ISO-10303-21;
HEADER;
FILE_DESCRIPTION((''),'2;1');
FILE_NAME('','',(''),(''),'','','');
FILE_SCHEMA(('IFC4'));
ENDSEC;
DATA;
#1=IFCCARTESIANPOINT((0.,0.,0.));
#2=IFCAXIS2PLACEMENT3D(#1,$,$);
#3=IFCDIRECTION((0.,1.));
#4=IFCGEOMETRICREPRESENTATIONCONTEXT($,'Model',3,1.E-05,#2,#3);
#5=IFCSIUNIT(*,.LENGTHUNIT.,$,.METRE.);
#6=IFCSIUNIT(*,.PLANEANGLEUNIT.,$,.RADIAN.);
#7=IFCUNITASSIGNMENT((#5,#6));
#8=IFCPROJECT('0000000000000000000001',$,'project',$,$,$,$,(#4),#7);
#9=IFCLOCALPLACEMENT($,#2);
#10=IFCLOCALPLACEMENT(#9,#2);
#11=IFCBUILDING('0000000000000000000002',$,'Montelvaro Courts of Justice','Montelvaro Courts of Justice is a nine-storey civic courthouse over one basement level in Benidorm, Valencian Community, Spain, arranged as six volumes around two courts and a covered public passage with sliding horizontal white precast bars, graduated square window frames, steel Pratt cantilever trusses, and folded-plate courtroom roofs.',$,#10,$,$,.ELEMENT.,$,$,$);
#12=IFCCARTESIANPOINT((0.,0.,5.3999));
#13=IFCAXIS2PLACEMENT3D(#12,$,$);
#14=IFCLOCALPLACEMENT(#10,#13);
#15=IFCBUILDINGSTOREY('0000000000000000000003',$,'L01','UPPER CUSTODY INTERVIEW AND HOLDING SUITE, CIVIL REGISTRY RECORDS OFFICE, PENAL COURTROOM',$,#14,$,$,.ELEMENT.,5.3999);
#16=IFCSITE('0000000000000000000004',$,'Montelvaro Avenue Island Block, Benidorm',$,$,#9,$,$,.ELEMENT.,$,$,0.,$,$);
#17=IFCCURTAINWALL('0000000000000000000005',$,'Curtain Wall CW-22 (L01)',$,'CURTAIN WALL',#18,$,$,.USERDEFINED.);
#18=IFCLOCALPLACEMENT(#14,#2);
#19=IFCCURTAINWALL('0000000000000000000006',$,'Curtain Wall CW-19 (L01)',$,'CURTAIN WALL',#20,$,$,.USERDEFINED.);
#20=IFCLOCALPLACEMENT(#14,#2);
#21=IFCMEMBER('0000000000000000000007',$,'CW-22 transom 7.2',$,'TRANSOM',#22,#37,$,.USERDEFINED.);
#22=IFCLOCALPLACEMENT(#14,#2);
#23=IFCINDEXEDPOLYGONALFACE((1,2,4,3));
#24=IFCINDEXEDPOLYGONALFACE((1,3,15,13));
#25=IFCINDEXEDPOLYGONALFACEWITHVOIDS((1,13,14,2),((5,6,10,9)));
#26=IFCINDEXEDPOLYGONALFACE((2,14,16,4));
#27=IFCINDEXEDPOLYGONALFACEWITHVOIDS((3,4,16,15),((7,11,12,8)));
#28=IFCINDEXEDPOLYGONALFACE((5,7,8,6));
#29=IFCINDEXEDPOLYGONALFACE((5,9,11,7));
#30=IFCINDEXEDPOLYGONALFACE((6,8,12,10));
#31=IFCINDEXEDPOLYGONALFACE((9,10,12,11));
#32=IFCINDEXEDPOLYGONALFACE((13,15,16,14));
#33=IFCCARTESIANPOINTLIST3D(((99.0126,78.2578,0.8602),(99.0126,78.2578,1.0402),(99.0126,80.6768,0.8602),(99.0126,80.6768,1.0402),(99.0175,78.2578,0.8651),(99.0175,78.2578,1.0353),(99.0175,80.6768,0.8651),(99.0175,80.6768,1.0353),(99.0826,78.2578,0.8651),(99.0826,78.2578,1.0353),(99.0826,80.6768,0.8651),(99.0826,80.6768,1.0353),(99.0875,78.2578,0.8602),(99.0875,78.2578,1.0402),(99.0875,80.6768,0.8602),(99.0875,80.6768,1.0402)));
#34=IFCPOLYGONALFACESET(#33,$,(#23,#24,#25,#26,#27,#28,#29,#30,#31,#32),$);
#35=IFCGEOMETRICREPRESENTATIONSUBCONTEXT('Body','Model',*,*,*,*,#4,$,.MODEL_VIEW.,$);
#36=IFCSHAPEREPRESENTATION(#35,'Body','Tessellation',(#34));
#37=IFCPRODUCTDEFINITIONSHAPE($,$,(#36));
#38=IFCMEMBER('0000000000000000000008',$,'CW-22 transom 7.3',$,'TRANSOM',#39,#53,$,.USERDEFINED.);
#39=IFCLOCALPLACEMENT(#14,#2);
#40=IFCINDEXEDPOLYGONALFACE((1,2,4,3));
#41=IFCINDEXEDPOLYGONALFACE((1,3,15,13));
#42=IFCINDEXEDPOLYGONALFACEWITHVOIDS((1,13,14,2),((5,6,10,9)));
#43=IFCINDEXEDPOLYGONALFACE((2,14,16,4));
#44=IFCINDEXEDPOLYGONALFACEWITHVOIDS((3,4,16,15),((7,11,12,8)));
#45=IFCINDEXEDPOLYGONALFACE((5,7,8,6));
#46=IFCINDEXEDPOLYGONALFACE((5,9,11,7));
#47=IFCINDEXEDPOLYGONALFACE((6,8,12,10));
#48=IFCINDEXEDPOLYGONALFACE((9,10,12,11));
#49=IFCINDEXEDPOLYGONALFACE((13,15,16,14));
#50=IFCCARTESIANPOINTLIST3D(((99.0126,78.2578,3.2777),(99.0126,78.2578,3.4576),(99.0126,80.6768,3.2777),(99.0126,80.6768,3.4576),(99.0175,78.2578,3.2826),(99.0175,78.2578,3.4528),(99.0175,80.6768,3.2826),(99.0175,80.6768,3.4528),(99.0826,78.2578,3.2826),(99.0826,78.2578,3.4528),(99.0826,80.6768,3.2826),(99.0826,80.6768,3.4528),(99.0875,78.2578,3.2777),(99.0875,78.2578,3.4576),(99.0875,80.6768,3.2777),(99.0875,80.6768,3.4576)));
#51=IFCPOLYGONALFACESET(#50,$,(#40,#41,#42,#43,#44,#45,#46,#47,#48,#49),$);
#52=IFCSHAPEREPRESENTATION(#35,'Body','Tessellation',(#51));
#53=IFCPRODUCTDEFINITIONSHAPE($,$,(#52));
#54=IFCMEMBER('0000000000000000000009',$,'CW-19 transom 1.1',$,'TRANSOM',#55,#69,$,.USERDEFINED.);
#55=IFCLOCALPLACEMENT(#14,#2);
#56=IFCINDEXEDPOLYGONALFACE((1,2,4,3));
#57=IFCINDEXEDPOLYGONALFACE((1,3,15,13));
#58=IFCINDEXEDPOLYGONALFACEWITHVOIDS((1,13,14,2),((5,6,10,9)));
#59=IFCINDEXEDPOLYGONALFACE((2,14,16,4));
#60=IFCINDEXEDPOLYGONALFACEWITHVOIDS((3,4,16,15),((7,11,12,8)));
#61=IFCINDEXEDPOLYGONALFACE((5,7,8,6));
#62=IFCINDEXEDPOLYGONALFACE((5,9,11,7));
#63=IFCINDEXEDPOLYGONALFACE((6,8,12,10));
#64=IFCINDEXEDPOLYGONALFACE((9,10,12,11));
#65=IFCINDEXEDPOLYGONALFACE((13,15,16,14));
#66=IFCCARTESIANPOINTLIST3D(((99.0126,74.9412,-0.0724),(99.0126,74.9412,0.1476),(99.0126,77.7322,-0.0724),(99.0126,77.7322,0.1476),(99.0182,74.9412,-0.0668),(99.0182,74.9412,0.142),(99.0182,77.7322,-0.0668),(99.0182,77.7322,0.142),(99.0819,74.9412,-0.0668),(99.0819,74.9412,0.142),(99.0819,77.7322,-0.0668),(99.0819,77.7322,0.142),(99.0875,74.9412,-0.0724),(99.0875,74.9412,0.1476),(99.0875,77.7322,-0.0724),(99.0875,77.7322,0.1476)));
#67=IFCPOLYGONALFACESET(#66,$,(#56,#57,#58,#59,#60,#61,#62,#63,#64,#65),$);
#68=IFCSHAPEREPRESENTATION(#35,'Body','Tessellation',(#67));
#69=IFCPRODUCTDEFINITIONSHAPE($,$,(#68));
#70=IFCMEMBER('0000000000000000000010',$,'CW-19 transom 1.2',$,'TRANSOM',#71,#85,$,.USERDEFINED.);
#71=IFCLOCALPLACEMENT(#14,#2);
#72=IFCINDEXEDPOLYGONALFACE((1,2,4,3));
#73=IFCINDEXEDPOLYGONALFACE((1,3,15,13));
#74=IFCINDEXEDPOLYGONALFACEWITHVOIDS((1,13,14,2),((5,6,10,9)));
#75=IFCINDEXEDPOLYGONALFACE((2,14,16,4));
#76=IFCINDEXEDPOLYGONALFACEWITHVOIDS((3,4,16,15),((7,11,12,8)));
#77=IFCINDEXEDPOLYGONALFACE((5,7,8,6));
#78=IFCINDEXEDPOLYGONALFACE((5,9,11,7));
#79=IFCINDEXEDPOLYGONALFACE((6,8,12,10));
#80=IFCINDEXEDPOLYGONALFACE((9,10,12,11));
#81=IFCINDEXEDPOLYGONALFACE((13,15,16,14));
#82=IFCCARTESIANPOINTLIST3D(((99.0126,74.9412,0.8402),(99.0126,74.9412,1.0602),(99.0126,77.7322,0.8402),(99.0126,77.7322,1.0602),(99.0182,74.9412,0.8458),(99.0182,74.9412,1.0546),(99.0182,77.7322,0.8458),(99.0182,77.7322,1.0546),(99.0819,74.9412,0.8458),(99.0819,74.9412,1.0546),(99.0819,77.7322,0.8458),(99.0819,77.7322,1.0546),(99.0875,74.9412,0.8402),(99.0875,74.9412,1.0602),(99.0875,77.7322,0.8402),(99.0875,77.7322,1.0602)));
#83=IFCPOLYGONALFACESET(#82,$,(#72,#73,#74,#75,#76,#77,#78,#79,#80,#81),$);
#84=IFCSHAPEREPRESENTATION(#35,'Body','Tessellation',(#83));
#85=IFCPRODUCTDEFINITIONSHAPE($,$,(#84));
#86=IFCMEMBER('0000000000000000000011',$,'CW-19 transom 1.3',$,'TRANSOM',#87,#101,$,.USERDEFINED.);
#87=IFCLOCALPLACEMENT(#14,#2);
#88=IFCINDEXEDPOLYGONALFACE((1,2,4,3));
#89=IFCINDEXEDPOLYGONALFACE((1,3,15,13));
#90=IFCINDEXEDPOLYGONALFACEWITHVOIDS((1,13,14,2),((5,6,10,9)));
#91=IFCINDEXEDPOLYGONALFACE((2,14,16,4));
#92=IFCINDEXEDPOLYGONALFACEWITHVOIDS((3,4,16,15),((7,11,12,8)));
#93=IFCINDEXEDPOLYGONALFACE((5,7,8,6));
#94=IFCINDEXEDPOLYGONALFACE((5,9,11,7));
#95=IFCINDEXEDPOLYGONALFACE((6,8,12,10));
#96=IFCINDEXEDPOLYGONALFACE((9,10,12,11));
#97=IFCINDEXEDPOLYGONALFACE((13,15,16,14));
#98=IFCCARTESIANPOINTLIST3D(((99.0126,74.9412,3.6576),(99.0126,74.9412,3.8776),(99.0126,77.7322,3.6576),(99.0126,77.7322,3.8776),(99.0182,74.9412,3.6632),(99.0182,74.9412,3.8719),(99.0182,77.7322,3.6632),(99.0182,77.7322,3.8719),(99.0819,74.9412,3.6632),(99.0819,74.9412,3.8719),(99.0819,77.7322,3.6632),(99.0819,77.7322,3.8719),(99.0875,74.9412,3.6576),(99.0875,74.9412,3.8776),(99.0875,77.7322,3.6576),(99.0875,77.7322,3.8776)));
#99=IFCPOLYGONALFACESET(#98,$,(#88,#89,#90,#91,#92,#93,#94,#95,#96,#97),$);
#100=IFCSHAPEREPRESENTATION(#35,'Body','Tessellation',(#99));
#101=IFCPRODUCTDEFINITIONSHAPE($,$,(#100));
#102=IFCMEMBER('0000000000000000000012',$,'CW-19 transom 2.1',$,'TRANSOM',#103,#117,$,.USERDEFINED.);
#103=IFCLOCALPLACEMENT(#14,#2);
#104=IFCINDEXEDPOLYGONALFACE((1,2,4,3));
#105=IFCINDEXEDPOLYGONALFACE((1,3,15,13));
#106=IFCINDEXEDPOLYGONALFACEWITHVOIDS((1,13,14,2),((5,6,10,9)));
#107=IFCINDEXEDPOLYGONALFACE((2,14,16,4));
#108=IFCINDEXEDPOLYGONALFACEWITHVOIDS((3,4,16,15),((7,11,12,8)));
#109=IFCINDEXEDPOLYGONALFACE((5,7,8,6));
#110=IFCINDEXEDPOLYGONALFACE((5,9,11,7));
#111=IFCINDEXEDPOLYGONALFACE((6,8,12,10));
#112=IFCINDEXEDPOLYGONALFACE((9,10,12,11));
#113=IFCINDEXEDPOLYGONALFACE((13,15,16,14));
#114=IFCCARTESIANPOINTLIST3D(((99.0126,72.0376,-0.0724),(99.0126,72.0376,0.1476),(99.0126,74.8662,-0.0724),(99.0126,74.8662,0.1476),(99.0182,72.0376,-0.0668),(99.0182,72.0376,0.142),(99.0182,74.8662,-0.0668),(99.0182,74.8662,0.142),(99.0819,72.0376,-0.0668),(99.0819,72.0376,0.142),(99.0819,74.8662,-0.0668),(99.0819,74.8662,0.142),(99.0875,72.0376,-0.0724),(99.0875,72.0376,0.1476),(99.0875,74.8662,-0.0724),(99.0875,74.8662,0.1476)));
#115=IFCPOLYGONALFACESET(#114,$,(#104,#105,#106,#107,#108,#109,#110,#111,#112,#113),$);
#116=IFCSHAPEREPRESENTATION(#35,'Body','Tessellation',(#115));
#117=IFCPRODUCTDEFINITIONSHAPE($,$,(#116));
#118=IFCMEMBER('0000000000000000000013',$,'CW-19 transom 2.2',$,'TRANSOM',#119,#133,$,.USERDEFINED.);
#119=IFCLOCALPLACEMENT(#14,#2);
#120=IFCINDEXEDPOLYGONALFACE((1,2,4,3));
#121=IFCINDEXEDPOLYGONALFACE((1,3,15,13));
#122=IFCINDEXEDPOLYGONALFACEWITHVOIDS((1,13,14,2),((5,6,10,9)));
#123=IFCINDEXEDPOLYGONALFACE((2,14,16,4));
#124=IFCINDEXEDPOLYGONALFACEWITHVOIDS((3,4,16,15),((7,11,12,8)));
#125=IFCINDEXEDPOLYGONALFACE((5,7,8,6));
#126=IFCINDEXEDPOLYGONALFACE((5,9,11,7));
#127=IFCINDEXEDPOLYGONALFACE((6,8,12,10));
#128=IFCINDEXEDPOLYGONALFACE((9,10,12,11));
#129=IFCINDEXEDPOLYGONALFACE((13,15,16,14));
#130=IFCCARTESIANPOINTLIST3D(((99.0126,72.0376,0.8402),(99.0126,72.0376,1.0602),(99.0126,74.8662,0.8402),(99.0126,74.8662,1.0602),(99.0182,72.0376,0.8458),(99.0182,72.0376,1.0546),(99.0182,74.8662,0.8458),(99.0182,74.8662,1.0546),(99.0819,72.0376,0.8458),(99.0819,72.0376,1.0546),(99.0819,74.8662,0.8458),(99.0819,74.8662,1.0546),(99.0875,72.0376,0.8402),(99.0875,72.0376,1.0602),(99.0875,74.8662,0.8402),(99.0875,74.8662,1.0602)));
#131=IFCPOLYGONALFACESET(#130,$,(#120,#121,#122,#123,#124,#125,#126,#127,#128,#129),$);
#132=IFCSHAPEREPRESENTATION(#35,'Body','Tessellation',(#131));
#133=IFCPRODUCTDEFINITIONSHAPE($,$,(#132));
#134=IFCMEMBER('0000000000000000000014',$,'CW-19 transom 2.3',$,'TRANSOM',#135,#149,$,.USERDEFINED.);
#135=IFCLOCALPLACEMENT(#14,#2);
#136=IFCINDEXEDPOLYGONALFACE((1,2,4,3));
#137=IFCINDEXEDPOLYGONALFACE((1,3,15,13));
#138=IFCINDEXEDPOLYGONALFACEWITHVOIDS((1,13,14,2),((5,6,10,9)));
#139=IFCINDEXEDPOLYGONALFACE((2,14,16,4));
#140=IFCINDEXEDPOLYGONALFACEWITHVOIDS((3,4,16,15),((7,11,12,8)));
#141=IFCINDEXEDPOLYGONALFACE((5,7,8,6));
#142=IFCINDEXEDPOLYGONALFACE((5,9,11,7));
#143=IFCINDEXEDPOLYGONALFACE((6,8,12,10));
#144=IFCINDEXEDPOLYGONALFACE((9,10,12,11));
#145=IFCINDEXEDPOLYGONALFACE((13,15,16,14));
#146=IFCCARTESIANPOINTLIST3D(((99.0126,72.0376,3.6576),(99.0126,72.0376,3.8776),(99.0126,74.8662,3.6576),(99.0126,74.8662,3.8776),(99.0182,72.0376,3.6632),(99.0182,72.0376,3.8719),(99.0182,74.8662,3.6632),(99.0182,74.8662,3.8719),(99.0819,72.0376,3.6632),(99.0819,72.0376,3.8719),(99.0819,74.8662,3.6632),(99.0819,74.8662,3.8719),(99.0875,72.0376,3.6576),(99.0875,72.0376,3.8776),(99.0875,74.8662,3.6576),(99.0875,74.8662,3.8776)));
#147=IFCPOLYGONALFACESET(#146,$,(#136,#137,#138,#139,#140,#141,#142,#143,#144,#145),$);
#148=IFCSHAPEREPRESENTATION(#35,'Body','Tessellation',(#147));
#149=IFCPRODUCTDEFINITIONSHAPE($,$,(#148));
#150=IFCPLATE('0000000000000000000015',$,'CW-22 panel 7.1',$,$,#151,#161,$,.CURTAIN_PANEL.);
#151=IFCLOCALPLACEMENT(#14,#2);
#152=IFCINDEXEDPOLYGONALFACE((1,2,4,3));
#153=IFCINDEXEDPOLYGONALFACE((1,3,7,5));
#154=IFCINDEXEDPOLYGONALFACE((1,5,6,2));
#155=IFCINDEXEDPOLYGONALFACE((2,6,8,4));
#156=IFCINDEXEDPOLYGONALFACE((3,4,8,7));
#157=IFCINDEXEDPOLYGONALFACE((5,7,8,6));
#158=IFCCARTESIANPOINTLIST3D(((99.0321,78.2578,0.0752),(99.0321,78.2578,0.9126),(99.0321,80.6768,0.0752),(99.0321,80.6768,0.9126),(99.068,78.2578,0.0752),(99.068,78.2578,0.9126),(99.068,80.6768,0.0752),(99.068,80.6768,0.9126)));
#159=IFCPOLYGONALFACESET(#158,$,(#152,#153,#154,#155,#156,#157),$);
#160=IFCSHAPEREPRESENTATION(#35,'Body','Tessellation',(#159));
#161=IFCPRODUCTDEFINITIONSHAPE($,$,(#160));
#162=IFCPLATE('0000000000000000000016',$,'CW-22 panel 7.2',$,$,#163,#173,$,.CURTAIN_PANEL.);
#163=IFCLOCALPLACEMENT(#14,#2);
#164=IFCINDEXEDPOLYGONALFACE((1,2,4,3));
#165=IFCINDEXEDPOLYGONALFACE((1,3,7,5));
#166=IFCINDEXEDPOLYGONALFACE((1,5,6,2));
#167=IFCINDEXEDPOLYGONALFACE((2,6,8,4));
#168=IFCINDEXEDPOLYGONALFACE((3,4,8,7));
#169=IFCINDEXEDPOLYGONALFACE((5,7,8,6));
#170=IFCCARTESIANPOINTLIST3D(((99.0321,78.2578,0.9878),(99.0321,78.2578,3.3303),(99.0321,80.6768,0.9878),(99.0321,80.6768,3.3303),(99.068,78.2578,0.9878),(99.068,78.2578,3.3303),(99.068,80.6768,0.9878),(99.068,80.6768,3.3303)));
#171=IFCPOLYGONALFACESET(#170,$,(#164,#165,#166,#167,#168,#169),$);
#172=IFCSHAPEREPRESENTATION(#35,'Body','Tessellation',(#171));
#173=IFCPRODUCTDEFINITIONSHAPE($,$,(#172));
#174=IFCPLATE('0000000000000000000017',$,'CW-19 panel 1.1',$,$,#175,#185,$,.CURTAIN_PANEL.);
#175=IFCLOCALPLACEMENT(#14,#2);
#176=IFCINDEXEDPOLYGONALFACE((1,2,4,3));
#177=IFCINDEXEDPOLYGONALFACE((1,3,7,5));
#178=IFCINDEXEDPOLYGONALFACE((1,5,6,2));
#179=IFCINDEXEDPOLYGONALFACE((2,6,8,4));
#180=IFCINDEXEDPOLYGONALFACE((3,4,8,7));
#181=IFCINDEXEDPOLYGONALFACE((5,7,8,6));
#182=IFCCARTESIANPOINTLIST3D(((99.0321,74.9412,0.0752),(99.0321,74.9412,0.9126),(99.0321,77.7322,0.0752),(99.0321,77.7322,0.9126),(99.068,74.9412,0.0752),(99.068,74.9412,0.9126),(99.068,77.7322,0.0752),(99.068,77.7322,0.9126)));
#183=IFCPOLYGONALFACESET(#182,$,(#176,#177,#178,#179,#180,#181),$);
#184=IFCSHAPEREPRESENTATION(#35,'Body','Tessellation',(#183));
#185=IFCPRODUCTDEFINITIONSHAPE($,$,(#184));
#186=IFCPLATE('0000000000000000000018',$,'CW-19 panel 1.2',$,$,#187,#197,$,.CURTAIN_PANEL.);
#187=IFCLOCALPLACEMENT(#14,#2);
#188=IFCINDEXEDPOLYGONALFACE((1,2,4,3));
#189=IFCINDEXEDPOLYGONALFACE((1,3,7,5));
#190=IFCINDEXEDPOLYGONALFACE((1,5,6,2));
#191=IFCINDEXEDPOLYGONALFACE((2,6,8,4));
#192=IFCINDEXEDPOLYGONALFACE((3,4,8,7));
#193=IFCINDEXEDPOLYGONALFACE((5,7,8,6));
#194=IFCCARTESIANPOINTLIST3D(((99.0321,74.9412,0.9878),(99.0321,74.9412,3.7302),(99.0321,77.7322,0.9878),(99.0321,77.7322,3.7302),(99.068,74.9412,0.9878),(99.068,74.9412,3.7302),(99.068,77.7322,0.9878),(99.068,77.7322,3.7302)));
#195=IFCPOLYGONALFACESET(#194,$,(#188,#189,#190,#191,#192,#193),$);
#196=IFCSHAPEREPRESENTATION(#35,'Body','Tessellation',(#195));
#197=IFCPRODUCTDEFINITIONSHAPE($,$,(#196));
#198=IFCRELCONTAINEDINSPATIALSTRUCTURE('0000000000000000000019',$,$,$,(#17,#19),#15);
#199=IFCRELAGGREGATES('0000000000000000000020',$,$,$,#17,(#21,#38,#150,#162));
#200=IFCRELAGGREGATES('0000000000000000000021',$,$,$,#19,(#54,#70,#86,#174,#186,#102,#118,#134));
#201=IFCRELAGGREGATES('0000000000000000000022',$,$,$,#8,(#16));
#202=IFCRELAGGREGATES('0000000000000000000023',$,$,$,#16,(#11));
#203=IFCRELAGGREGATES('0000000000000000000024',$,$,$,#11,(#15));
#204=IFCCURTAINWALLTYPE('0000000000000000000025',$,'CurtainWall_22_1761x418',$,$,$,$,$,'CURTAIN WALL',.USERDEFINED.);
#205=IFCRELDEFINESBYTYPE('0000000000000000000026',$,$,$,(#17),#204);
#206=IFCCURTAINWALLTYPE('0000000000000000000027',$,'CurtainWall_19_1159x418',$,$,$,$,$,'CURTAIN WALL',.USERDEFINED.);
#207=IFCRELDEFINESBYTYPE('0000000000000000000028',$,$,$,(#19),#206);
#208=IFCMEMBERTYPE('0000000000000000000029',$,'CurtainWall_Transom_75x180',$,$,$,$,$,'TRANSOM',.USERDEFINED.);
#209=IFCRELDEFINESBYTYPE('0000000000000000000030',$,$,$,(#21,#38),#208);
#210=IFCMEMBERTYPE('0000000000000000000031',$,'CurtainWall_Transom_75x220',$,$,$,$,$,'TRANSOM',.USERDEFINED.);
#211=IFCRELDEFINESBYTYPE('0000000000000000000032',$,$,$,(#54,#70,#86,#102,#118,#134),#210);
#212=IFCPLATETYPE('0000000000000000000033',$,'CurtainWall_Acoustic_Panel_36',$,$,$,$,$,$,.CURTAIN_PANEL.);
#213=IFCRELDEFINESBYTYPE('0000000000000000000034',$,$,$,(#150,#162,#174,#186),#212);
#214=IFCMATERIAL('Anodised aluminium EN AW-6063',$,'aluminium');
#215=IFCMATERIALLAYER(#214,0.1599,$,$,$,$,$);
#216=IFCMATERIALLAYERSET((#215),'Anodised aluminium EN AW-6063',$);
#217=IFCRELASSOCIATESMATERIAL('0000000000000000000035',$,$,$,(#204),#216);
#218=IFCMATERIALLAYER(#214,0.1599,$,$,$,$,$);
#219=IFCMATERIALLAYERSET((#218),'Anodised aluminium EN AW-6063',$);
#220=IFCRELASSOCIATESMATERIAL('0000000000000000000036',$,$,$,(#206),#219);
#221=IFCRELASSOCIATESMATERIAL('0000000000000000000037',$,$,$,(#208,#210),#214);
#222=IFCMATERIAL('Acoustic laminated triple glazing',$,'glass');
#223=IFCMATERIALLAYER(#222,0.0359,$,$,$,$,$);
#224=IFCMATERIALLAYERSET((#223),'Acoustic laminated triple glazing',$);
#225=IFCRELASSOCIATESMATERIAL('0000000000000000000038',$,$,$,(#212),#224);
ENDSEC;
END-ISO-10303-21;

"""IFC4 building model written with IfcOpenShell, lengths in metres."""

from ifc_helpers import new_model, si_unit, direction, frame, origin, origin_2d, place, context, subcontext, project, spatial, rectangle, hollow_rectangle, extrude, material, layer, layer_set, material_profile, profile_set, type_object, element, aggregate, save


model = new_model("IFC4")

# Units and contexts
model_context = context("Model", 3, precision=1e-05, world=origin(), true_north=direction((0.0, 1.0)))
body_context = subcontext(model_context, "Body", "Model", "MODEL_VIEW")
ifc_project = project(units=[si_unit("LENGTHUNIT", "METRE"), si_unit("PLANEANGLEUNIT", "RADIAN")], contexts=[model_context])

# Site, building, storey
site_placement = place(None, origin())
site = spatial("IfcSite", under=ifc_project, at=site_placement, Name="Montelvaro Avenue Island Block, Benidorm", CompositionType="ELEMENT", RefElevation=0.0)
building_placement = place(site_placement, origin())
building = spatial("IfcBuilding", under=site, at=building_placement, Name="Montelvaro Courts of Justice", Description="Montelvaro Courts of Justice is a nine-storey civic courthouse over one basement level in Benidorm, Valencian Community, Spain, arranged as six volumes around two courts and a covered public passage with sliding horizontal white precast bars, graduated square window frames, steel Pratt cantilever trusses, and folded-plate courtroom roofs.", CompositionType="ELEMENT")
storey_placement = place(building_placement, frame((0.0, 0.0, 5.3999)))
storey = spatial("IfcBuildingStorey", under=building, at=storey_placement, Name="L01", Description="UPPER CUSTODY INTERVIEW AND HOLDING SUITE, CIVIL REGISTRY RECORDS OFFICE, PENAL COURTROOM", CompositionType="ELEMENT", Elevation=5.3999)

# Shared definitions
ifc_material_1 = material(Name="Anodised aluminium EN AW-6063", Category="aluminium")

# Curtain wall
ifc_layer_1 = layer(ifc_material_1, 0.1599)
ifc_layer_set_1 = layer_set([ifc_layer_1], Name="Anodised aluminium EN AW-6063")
curtain_wall_type_1 = type_object("IfcCurtainWallType", Name="CurtainWall_22_1761x418", ElementType="CURTAIN WALL", PredefinedType="USERDEFINED", material=ifc_layer_set_1)
curtain_wall_1_placement = place(storey_placement, origin())
curtain_wall_1 = element("IfcCurtainWall", 1, at=curtain_wall_1_placement, inside=storey, type_object=curtain_wall_type_1, Name="Curtain Wall CW-22 (L01)", ObjectType="CURTAIN WALL", PredefinedType="USERDEFINED")

# Curtain wall
ifc_layer_2 = layer(ifc_material_1, 0.1599)
ifc_layer_set_2 = layer_set([ifc_layer_2], Name="Anodised aluminium EN AW-6063")
curtain_wall_type_2 = type_object("IfcCurtainWallType", Name="CurtainWall_19_1159x418", ElementType="CURTAIN WALL", PredefinedType="USERDEFINED", material=ifc_layer_set_2)
curtain_wall_2_placement = place(storey_placement, origin())
curtain_wall_2 = element("IfcCurtainWall", 2, at=curtain_wall_2_placement, inside=storey, type_object=curtain_wall_type_2, Name="Curtain Wall CW-19 (L01)", ObjectType="CURTAIN WALL", PredefinedType="USERDEFINED")

# Members
ifc_material_profile_1 = material_profile(ifc_material_1, hollow_rectangle(XDim=0.075, YDim=0.1799, WallThickness=0.0049, at=origin_2d()), Name="ALU-T 75x180")
ifc_profile_set_1 = profile_set([ifc_material_profile_1], Name="Anodised aluminium EN AW-6063")
member_type_1 = type_object("IfcMemberType", Name="CurtainWall_Transom_75x180", ElementType="TRANSOM", PredefinedType="USERDEFINED", material=ifc_profile_set_1)
member_1_placement = place(storey_placement, frame((99.05, 80.6768, 0.9502), z_axis=(0.0, -1.0, 0.0), x_axis=(1.0, 0.0, 0.0)))
member_1 = element("IfcMember", 3, at=member_1_placement, type_object=member_type_1, Name="CW-22 transom 7.2", ObjectType="TRANSOM", PredefinedType="USERDEFINED", context=body_context, shape_type="SweptSolid", body=[
    extrude(hollow_rectangle(XDim=0.075, YDim=0.1799, WallThickness=0.0049, at=origin_2d()), origin(), (0.0, 0.0, 1.0), 2.4189),
])
member_2_placement = place(storey_placement, frame((99.05, 80.6768, 3.3677), z_axis=(0.0, -1.0, 0.0), x_axis=(1.0, 0.0, 0.0)))
member_2 = element("IfcMember", 4, at=member_2_placement, type_object=member_type_1, Name="CW-22 transom 7.3", ObjectType="TRANSOM", PredefinedType="USERDEFINED", context=body_context, shape_type="SweptSolid", body=[
    extrude(hollow_rectangle(XDim=0.075, YDim=0.1799, WallThickness=0.0049, at=origin_2d()), origin(), (0.0, 0.0, 1.0), 2.4189),
])
ifc_material_profile_2 = material_profile(ifc_material_1, hollow_rectangle(XDim=0.075, YDim=0.22, WallThickness=0.0056, at=origin_2d()), Name="ALU-T 75x220")
ifc_profile_set_2 = profile_set([ifc_material_profile_2], Name="Anodised aluminium EN AW-6063")
member_type_2 = type_object("IfcMemberType", Name="CurtainWall_Transom_75x220", ElementType="TRANSOM", PredefinedType="USERDEFINED", material=ifc_profile_set_2)
member_3_placement = place(storey_placement, frame((99.05, 77.7322, 0.0376), z_axis=(0.0, -1.0, 0.0), x_axis=(1.0, 0.0, 0.0)))
member_3 = element("IfcMember", 5, at=member_3_placement, type_object=member_type_2, Name="CW-19 transom 1.1", ObjectType="TRANSOM", PredefinedType="USERDEFINED", context=body_context, shape_type="SweptSolid", body=[
    extrude(hollow_rectangle(XDim=0.075, YDim=0.22, WallThickness=0.0056, at=origin_2d()), origin(), (0.0, 0.0, 1.0), 2.791),
])
member_4_placement = place(storey_placement, frame((99.05, 77.7322, 0.9502), z_axis=(0.0, -1.0, 0.0), x_axis=(1.0, 0.0, 0.0)))
member_4 = element("IfcMember", 6, at=member_4_placement, type_object=member_type_2, Name="CW-19 transom 1.2", ObjectType="TRANSOM", PredefinedType="USERDEFINED", context=body_context, shape_type="SweptSolid", body=[
    extrude(hollow_rectangle(XDim=0.075, YDim=0.22, WallThickness=0.0056, at=origin_2d()), origin(), (0.0, 0.0, 1.0), 2.791),
])
member_5_placement = place(storey_placement, frame((99.05, 77.7322, 3.7676), z_axis=(0.0, -1.0, 0.0), x_axis=(1.0, 0.0, 0.0)))
member_5 = element("IfcMember", 7, at=member_5_placement, type_object=member_type_2, Name="CW-19 transom 1.3", ObjectType="TRANSOM", PredefinedType="USERDEFINED", context=body_context, shape_type="SweptSolid", body=[
    extrude(hollow_rectangle(XDim=0.075, YDim=0.22, WallThickness=0.0056, at=origin_2d()), origin(), (0.0, 0.0, 1.0), 2.791),
])
member_6_placement = place(storey_placement, frame((99.05, 74.8662, 0.0376), z_axis=(0.0, -1.0, 0.0), x_axis=(1.0, 0.0, 0.0)))
member_6 = element("IfcMember", 8, at=member_6_placement, type_object=member_type_2, Name="CW-19 transom 2.1", ObjectType="TRANSOM", PredefinedType="USERDEFINED", context=body_context, shape_type="SweptSolid", body=[
    extrude(hollow_rectangle(XDim=0.075, YDim=0.22, WallThickness=0.0056, at=origin_2d()), origin(), (0.0, 0.0, 1.0), 2.8286),
])
member_7_placement = place(storey_placement, frame((99.05, 74.8662, 0.9502), z_axis=(0.0, -1.0, 0.0), x_axis=(1.0, 0.0, 0.0)))
member_7 = element("IfcMember", 9, at=member_7_placement, type_object=member_type_2, Name="CW-19 transom 2.2", ObjectType="TRANSOM", PredefinedType="USERDEFINED", context=body_context, shape_type="SweptSolid", body=[
    extrude(hollow_rectangle(XDim=0.075, YDim=0.22, WallThickness=0.0056, at=origin_2d()), origin(), (0.0, 0.0, 1.0), 2.8286),
])
member_8_placement = place(storey_placement, frame((99.05, 74.8662, 3.7676), z_axis=(0.0, -1.0, 0.0), x_axis=(1.0, 0.0, 0.0)))
member_8 = element("IfcMember", 10, at=member_8_placement, type_object=member_type_2, Name="CW-19 transom 2.3", ObjectType="TRANSOM", PredefinedType="USERDEFINED", context=body_context, shape_type="SweptSolid", body=[
    extrude(hollow_rectangle(XDim=0.075, YDim=0.22, WallThickness=0.0056, at=origin_2d()), origin(), (0.0, 0.0, 1.0), 2.8286),
])

# Plates
ifc_material_2 = material(Name="Acoustic laminated triple glazing", Category="glass")
ifc_layer_3 = layer(ifc_material_2, 0.0359)
ifc_layer_set_3 = layer_set([ifc_layer_3], Name="Acoustic laminated triple glazing")
plate_type = type_object("IfcPlateType", Name="CurtainWall_Acoustic_Panel_36", PredefinedType="CURTAIN_PANEL", material=ifc_layer_set_3)
plate_1_placement = place(storey_placement, frame((99.05, 79.4673, 0.0752), z_axis=(0.0, 0.0, 1.0), x_axis=(0.0, -1.0, 0.0)))
plate_1 = element("IfcPlate", 11, at=plate_1_placement, type_object=plate_type, Name="CW-22 panel 7.1", PredefinedType="CURTAIN_PANEL", context=body_context, shape_type="SweptSolid", body=[
    extrude(rectangle(XDim=2.4189, YDim=0.0359, at=origin_2d()), origin(), (0.0, 0.0, 1.0), 0.8374),
])
plate_2_placement = place(storey_placement, frame((99.05, 79.4673, 0.9878), z_axis=(0.0, 0.0, 1.0), x_axis=(0.0, -1.0, 0.0)))
plate_2 = element("IfcPlate", 12, at=plate_2_placement, type_object=plate_type, Name="CW-22 panel 7.2", PredefinedType="CURTAIN_PANEL", context=body_context, shape_type="SweptSolid", body=[
    extrude(rectangle(XDim=2.4189, YDim=0.0359, at=origin_2d()), origin(), (0.0, 0.0, 1.0), 2.3425),
])
aggregate(curtain_wall_1, [member_1, member_2, plate_1, plate_2])
plate_3_placement = place(storey_placement, frame((99.05, 76.3367, 0.0752), z_axis=(0.0, 0.0, 1.0), x_axis=(0.0, -1.0, 0.0)))
plate_3 = element("IfcPlate", 13, at=plate_3_placement, type_object=plate_type, Name="CW-19 panel 1.1", PredefinedType="CURTAIN_PANEL", context=body_context, shape_type="SweptSolid", body=[
    extrude(rectangle(XDim=2.791, YDim=0.0359, at=origin_2d()), origin(), (0.0, 0.0, 1.0), 0.8374),
])
plate_4_placement = place(storey_placement, frame((99.05, 76.3367, 0.9878), z_axis=(0.0, 0.0, 1.0), x_axis=(0.0, -1.0, 0.0)))
plate_4 = element("IfcPlate", 14, at=plate_4_placement, type_object=plate_type, Name="CW-19 panel 1.2", PredefinedType="CURTAIN_PANEL", context=body_context, shape_type="SweptSolid", body=[
    extrude(rectangle(XDim=2.791, YDim=0.0359, at=origin_2d()), origin(), (0.0, 0.0, 1.0), 2.7424),
])
aggregate(curtain_wall_2, [member_3, member_4, member_5, plate_3, plate_4, member_6, member_7, member_8])

save(model, "model.ifc")
